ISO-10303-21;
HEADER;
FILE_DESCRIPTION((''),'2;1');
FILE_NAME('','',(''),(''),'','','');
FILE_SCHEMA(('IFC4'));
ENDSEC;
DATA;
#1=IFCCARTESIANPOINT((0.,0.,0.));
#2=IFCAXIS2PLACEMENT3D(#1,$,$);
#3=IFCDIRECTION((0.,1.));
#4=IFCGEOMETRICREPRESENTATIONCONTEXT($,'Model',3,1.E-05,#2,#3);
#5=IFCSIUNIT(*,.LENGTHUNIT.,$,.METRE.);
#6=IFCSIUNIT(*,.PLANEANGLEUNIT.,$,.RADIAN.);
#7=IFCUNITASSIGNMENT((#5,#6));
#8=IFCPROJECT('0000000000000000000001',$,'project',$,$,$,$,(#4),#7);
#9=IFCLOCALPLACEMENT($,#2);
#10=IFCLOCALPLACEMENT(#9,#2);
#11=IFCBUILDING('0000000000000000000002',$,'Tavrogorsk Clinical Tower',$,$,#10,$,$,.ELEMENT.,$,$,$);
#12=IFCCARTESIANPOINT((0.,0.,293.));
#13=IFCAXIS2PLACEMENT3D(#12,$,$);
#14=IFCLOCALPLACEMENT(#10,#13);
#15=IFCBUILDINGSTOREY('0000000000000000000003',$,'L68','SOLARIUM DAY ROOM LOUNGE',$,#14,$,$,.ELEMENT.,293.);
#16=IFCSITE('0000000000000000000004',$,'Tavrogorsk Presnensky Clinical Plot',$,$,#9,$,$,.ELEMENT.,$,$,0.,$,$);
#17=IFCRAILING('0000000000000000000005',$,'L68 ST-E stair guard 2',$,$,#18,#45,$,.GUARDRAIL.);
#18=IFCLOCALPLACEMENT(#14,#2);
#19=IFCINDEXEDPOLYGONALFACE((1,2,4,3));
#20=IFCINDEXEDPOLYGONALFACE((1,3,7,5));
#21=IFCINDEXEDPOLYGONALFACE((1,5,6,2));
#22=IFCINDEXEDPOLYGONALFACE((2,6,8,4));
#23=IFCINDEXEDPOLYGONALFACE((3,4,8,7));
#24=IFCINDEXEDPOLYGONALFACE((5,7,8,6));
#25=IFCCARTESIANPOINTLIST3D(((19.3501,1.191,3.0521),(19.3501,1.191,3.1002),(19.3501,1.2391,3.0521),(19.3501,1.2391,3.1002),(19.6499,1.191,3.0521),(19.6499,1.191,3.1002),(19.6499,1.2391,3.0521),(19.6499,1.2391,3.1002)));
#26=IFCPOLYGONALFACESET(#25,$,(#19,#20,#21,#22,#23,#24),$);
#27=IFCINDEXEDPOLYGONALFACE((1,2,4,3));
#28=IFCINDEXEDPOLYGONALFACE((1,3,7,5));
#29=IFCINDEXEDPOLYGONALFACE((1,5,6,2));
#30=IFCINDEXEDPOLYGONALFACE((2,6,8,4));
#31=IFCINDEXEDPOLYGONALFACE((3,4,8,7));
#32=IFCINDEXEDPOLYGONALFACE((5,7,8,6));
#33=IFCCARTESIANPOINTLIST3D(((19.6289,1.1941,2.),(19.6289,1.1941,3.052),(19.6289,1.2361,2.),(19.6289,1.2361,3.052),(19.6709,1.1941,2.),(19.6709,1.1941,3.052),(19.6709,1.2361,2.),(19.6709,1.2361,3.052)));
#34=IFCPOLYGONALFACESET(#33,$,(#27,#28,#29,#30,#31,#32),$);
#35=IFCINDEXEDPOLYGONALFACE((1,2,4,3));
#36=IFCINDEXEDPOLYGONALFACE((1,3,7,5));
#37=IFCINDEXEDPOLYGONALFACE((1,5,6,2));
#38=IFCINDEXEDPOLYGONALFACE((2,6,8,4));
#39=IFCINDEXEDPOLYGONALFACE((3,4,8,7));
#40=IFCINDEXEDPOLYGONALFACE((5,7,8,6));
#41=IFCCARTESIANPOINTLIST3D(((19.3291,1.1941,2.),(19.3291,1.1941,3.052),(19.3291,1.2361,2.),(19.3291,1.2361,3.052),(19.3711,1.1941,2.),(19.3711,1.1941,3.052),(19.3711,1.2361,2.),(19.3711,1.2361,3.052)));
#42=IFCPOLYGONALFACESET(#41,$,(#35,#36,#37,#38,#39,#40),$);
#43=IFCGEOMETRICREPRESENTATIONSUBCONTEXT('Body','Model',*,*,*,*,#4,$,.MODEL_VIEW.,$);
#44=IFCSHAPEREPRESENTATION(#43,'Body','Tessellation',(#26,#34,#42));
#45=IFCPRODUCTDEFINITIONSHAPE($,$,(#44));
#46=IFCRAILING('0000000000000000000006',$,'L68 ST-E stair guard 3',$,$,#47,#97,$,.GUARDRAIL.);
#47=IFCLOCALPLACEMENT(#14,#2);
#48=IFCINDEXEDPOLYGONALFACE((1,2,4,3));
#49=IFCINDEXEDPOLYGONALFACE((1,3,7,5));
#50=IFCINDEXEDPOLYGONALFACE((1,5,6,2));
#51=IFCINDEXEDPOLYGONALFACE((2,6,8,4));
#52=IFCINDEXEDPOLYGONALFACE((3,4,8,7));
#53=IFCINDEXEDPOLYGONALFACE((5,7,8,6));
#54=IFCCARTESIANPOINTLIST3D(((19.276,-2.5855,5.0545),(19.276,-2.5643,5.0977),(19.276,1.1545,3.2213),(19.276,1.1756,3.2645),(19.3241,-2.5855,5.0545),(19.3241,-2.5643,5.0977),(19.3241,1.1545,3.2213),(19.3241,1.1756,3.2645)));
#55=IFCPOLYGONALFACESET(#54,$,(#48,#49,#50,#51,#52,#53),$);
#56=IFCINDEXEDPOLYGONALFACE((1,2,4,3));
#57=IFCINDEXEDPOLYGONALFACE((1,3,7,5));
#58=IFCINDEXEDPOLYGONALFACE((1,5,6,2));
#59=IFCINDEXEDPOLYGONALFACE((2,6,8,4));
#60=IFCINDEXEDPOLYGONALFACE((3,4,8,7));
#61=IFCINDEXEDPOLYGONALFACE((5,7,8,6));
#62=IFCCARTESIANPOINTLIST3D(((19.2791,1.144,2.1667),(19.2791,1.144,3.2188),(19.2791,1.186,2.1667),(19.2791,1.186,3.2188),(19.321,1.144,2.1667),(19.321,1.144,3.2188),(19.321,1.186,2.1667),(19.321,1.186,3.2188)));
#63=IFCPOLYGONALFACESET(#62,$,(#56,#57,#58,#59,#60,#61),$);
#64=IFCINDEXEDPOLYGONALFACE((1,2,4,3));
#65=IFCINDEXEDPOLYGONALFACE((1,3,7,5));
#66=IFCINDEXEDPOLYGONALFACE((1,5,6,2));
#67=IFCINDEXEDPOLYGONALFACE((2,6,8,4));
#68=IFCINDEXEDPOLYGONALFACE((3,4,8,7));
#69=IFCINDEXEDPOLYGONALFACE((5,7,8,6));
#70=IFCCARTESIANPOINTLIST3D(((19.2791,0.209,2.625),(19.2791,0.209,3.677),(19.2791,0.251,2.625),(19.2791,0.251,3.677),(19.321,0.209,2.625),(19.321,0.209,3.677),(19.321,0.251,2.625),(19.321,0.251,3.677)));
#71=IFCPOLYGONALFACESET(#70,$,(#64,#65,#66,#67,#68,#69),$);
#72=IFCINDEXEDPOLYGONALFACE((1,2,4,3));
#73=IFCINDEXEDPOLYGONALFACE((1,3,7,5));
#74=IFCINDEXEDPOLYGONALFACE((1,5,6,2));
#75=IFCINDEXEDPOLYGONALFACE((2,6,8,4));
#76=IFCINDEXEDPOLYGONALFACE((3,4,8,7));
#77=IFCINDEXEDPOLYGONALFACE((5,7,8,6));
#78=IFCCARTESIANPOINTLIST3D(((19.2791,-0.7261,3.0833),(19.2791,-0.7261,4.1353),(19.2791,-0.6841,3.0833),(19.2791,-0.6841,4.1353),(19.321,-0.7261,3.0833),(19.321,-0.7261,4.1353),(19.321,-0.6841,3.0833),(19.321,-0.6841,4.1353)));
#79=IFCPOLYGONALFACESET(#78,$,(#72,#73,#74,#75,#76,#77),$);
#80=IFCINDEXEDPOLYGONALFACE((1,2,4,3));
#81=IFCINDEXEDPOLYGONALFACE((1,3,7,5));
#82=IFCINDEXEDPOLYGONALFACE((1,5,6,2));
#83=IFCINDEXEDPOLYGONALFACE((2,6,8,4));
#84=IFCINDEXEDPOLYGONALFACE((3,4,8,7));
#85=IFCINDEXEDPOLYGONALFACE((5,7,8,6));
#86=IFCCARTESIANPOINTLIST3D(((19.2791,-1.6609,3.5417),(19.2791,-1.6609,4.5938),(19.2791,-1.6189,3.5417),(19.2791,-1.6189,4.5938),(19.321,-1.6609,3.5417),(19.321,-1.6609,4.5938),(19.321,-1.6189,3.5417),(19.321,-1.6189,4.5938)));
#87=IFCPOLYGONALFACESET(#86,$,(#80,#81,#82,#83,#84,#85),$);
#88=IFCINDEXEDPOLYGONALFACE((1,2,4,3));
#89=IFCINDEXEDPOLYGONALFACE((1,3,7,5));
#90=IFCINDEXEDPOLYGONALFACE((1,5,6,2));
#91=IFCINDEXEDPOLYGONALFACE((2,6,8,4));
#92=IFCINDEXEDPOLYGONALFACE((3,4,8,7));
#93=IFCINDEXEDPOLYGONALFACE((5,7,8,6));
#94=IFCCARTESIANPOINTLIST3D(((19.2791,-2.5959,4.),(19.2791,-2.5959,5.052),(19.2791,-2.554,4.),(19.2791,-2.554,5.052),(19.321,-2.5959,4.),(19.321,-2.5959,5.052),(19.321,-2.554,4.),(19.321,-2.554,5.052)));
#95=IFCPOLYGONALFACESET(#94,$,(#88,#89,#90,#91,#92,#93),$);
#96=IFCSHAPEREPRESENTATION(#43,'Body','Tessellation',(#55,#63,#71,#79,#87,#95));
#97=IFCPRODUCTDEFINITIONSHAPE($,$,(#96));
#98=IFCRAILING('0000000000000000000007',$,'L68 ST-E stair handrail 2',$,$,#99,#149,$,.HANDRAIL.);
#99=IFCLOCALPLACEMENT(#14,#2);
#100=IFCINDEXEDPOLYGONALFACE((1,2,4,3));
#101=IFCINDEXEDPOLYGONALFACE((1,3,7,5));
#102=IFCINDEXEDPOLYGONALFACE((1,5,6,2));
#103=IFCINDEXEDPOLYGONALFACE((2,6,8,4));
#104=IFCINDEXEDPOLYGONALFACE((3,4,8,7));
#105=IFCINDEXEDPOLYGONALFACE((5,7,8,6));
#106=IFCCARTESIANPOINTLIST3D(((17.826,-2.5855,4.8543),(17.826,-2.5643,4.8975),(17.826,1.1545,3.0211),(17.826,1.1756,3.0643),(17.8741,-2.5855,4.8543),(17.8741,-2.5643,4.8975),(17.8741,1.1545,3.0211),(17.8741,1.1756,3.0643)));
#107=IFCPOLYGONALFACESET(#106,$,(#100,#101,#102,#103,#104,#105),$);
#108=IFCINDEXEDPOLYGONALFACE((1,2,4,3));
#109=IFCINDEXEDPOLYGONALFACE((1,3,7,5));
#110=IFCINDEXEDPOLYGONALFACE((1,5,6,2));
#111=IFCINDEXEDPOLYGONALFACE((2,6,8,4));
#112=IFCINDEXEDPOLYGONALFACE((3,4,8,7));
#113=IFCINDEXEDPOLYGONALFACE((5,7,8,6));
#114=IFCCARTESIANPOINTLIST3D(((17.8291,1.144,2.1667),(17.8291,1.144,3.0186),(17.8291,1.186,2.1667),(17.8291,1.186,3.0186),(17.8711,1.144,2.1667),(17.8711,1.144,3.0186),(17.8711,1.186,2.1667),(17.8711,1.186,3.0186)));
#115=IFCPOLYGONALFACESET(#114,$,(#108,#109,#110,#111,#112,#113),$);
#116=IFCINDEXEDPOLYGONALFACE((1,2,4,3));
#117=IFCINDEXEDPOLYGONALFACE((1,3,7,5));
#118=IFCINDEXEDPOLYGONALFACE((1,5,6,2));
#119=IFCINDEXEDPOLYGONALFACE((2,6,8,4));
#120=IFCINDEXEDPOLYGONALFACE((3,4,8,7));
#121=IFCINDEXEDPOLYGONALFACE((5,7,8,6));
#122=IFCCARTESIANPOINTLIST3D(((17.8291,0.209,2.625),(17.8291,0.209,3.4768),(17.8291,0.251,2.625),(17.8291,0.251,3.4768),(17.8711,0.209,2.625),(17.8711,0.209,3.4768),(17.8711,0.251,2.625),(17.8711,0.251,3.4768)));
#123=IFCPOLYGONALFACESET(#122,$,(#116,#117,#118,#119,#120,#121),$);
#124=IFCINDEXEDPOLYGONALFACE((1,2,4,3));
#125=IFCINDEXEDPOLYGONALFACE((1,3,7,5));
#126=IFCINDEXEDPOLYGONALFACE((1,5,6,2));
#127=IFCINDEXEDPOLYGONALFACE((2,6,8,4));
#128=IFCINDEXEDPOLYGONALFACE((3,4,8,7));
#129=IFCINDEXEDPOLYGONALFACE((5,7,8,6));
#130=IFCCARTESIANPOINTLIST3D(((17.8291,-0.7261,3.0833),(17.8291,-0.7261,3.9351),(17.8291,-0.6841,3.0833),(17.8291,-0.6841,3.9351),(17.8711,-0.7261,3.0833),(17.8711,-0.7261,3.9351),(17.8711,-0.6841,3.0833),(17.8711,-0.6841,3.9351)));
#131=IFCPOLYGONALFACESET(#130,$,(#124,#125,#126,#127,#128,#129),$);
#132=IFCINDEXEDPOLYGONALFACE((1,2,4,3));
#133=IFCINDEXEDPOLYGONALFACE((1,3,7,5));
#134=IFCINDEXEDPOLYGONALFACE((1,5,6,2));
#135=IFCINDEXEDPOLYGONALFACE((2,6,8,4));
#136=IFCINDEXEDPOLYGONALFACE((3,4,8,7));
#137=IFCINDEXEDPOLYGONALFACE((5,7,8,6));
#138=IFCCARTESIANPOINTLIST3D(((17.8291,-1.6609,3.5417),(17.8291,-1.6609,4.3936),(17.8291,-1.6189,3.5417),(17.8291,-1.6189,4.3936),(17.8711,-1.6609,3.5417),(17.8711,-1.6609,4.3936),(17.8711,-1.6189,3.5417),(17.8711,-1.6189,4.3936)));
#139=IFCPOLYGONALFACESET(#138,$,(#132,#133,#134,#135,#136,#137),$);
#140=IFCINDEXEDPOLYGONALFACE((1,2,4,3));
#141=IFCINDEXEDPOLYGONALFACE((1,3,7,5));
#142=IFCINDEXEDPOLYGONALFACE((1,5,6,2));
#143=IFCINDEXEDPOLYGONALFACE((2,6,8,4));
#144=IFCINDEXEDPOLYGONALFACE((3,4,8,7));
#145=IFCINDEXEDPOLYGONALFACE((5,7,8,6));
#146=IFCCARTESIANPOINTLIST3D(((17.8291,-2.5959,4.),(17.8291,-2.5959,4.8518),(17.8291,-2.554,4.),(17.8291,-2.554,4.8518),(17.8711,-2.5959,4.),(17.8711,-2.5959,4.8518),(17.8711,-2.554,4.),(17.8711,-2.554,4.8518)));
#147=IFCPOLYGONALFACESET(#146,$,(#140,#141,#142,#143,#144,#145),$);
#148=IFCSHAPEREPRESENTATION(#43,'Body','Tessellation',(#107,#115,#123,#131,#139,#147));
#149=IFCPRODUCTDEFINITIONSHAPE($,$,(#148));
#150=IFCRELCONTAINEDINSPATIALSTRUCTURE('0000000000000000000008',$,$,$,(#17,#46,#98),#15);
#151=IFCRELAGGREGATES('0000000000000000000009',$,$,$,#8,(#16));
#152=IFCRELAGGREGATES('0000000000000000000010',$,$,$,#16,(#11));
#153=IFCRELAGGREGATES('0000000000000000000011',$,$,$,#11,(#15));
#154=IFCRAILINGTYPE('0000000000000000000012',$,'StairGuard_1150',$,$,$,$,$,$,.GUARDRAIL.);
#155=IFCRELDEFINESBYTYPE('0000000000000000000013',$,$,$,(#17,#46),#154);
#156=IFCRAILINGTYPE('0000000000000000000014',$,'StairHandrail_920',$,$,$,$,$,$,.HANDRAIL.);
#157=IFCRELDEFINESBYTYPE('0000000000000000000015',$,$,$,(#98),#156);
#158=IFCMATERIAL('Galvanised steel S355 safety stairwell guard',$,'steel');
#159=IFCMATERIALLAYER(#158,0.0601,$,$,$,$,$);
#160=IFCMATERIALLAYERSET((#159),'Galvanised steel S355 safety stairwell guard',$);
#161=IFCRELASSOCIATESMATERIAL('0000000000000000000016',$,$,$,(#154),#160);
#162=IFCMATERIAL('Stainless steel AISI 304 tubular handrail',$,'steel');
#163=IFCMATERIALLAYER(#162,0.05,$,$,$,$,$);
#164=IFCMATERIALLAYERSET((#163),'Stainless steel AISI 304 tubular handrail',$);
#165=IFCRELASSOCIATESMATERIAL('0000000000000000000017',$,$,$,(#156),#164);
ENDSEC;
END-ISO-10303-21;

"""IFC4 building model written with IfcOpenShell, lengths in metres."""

from ifc_helpers import new_model, si_unit, direction, frame, origin, origin_2d, place, context, subcontext, project, spatial, rectangle, extrude, material, layer, layer_set, type_object, element, save


model = new_model("IFC4")

# Units and contexts
model_context = context("Model", 3, precision=1e-05, world=origin(), true_north=direction((0.0, 1.0)))
body_context = subcontext(model_context, "Body", "Model", "MODEL_VIEW")
ifc_project = project(units=[si_unit("LENGTHUNIT", "METRE"), si_unit("PLANEANGLEUNIT", "RADIAN")], contexts=[model_context])

# Site, building, storey
site_placement = place(None, origin())
site = spatial("IfcSite", under=ifc_project, at=site_placement, Name="Tavrogorsk Presnensky Clinical Plot", CompositionType="ELEMENT", RefElevation=0.0)
building_placement = place(site_placement, origin())
building = spatial("IfcBuilding", under=site, at=building_placement, Name="Tavrogorsk Clinical Tower", CompositionType="ELEMENT")
storey_placement = place(building_placement, frame((0.0, 0.0, 293.0)))
storey = spatial("IfcBuildingStorey", under=building, at=storey_placement, Name="L68", Description="SOLARIUM DAY ROOM LOUNGE", CompositionType="ELEMENT", Elevation=293.0)

# Railings
ifc_material_1 = material(Name="Galvanised steel S355 safety stairwell guard", Category="steel")
ifc_layer_1 = layer(ifc_material_1, 0.0601)
ifc_layer_set_1 = layer_set([ifc_layer_1], Name="Galvanised steel S355 safety stairwell guard")
railing_type_1 = type_object("IfcRailingType", Name="StairGuard_1150", PredefinedType="GUARDRAIL", material=ifc_layer_set_1)
railing_1_placement = place(storey_placement, frame((19.6499, 1.2151, 2.0)))
element("IfcRailing", 1, at=railing_1_placement, inside=storey, type_object=railing_type_1, Name="L68 ST-E stair guard 2", PredefinedType="GUARDRAIL", context=body_context, shape_type="SweptSolid", body=[
    extrude(rectangle(XDim=0.0481, YDim=0.0481, at=origin_2d()), frame((0.0, 0.0, 1.0762), z_axis=(-1.0, 0.0, 0.0), x_axis=(0.0, -1.0, 0.0)), (0.0, 0.0, 1.0), 0.2998),
    extrude(rectangle(XDim=0.042, YDim=0.042, at=origin_2d()), origin(), (0.0, 0.0, 1.0), 1.052),
    extrude(rectangle(XDim=0.042, YDim=0.042, at=origin_2d()), frame((-0.2998, 0.0, 0.0)), (0.0, 0.0, 1.0), 1.052),
])
railing_2_placement = place(storey_placement, frame((19.3, 1.165, 2.1667)))
element("IfcRailing", 2, at=railing_2_placement, inside=storey, type_object=railing_type_1, Name="L68 ST-E stair guard 3", PredefinedType="GUARDRAIL", context=body_context, shape_type="SweptSolid", body=[
    extrude(rectangle(XDim=0.0481, YDim=0.0481, at=origin_2d()), frame((0.0, 0.0, 1.0762), z_axis=(0.0, -0.897928, 0.440142), x_axis=(1.0, 0.0, 0.0)), (0.0, 0.0, 1.0), 4.165),
    extrude(rectangle(XDim=0.042, YDim=0.042, at=origin_2d()), origin(), (0.0, 0.0, 1.0), 1.052),
    extrude(rectangle(XDim=0.042, YDim=0.042, at=origin_2d()), frame((0.0, -0.9351, 0.4583)), (0.0, 0.0, 1.0), 1.052),
    extrude(rectangle(XDim=0.042, YDim=0.042, at=origin_2d()), frame((0.0, -1.8701, 0.9165)), (0.0, 0.0, 1.0), 1.052),
    extrude(rectangle(XDim=0.042, YDim=0.042, at=origin_2d()), frame((0.0, -2.8049, 1.375)), (0.0, 0.0, 1.0), 1.052),
    extrude(rectangle(XDim=0.042, YDim=0.042, at=origin_2d()), frame((0.0, -3.74, 1.8333)), (0.0, 0.0, 1.0), 1.052),
])
ifc_material_2 = material(Name="Stainless steel AISI 304 tubular handrail", Category="steel")
ifc_layer_2 = layer(ifc_material_2, 0.05)
ifc_layer_set_2 = layer_set([ifc_layer_2], Name="Stainless steel AISI 304 tubular handrail")
railing_type_2 = type_object("IfcRailingType", Name="StairHandrail_920", PredefinedType="HANDRAIL", material=ifc_layer_set_2)
railing_3_placement = place(storey_placement, frame((17.8501, 1.165, 2.1667)))
element("IfcRailing", 3, at=railing_3_placement, inside=storey, type_object=railing_type_2, Name="L68 ST-E stair handrail 2", PredefinedType="HANDRAIL", context=body_context, shape_type="SweptSolid", body=[
    extrude(rectangle(XDim=0.0481, YDim=0.0481, at=origin_2d()), frame((0.0, 0.0, 0.876), z_axis=(0.0, -0.897928, 0.440142), x_axis=(1.0, 0.0, 0.0)), (0.0, 0.0, 1.0), 4.165),
    extrude(rectangle(XDim=0.042, YDim=0.042, at=origin_2d()), origin(), (0.0, 0.0, 1.0), 0.8518),
    extrude(rectangle(XDim=0.042, YDim=0.042, at=origin_2d()), frame((0.0, -0.9351, 0.4583)), (0.0, 0.0, 1.0), 0.8518),
    extrude(rectangle(XDim=0.042, YDim=0.042, at=origin_2d()), frame((0.0, -1.8701, 0.9165)), (0.0, 0.0, 1.0), 0.8518),
    extrude(rectangle(XDim=0.042, YDim=0.042, at=origin_2d()), frame((0.0, -2.8049, 1.375)), (0.0, 0.0, 1.0), 0.8518),
    extrude(rectangle(XDim=0.042, YDim=0.042, at=origin_2d()), frame((0.0, -3.74, 1.8333)), (0.0, 0.0, 1.0), 0.8518),
])

save(model, "model.ifc")
